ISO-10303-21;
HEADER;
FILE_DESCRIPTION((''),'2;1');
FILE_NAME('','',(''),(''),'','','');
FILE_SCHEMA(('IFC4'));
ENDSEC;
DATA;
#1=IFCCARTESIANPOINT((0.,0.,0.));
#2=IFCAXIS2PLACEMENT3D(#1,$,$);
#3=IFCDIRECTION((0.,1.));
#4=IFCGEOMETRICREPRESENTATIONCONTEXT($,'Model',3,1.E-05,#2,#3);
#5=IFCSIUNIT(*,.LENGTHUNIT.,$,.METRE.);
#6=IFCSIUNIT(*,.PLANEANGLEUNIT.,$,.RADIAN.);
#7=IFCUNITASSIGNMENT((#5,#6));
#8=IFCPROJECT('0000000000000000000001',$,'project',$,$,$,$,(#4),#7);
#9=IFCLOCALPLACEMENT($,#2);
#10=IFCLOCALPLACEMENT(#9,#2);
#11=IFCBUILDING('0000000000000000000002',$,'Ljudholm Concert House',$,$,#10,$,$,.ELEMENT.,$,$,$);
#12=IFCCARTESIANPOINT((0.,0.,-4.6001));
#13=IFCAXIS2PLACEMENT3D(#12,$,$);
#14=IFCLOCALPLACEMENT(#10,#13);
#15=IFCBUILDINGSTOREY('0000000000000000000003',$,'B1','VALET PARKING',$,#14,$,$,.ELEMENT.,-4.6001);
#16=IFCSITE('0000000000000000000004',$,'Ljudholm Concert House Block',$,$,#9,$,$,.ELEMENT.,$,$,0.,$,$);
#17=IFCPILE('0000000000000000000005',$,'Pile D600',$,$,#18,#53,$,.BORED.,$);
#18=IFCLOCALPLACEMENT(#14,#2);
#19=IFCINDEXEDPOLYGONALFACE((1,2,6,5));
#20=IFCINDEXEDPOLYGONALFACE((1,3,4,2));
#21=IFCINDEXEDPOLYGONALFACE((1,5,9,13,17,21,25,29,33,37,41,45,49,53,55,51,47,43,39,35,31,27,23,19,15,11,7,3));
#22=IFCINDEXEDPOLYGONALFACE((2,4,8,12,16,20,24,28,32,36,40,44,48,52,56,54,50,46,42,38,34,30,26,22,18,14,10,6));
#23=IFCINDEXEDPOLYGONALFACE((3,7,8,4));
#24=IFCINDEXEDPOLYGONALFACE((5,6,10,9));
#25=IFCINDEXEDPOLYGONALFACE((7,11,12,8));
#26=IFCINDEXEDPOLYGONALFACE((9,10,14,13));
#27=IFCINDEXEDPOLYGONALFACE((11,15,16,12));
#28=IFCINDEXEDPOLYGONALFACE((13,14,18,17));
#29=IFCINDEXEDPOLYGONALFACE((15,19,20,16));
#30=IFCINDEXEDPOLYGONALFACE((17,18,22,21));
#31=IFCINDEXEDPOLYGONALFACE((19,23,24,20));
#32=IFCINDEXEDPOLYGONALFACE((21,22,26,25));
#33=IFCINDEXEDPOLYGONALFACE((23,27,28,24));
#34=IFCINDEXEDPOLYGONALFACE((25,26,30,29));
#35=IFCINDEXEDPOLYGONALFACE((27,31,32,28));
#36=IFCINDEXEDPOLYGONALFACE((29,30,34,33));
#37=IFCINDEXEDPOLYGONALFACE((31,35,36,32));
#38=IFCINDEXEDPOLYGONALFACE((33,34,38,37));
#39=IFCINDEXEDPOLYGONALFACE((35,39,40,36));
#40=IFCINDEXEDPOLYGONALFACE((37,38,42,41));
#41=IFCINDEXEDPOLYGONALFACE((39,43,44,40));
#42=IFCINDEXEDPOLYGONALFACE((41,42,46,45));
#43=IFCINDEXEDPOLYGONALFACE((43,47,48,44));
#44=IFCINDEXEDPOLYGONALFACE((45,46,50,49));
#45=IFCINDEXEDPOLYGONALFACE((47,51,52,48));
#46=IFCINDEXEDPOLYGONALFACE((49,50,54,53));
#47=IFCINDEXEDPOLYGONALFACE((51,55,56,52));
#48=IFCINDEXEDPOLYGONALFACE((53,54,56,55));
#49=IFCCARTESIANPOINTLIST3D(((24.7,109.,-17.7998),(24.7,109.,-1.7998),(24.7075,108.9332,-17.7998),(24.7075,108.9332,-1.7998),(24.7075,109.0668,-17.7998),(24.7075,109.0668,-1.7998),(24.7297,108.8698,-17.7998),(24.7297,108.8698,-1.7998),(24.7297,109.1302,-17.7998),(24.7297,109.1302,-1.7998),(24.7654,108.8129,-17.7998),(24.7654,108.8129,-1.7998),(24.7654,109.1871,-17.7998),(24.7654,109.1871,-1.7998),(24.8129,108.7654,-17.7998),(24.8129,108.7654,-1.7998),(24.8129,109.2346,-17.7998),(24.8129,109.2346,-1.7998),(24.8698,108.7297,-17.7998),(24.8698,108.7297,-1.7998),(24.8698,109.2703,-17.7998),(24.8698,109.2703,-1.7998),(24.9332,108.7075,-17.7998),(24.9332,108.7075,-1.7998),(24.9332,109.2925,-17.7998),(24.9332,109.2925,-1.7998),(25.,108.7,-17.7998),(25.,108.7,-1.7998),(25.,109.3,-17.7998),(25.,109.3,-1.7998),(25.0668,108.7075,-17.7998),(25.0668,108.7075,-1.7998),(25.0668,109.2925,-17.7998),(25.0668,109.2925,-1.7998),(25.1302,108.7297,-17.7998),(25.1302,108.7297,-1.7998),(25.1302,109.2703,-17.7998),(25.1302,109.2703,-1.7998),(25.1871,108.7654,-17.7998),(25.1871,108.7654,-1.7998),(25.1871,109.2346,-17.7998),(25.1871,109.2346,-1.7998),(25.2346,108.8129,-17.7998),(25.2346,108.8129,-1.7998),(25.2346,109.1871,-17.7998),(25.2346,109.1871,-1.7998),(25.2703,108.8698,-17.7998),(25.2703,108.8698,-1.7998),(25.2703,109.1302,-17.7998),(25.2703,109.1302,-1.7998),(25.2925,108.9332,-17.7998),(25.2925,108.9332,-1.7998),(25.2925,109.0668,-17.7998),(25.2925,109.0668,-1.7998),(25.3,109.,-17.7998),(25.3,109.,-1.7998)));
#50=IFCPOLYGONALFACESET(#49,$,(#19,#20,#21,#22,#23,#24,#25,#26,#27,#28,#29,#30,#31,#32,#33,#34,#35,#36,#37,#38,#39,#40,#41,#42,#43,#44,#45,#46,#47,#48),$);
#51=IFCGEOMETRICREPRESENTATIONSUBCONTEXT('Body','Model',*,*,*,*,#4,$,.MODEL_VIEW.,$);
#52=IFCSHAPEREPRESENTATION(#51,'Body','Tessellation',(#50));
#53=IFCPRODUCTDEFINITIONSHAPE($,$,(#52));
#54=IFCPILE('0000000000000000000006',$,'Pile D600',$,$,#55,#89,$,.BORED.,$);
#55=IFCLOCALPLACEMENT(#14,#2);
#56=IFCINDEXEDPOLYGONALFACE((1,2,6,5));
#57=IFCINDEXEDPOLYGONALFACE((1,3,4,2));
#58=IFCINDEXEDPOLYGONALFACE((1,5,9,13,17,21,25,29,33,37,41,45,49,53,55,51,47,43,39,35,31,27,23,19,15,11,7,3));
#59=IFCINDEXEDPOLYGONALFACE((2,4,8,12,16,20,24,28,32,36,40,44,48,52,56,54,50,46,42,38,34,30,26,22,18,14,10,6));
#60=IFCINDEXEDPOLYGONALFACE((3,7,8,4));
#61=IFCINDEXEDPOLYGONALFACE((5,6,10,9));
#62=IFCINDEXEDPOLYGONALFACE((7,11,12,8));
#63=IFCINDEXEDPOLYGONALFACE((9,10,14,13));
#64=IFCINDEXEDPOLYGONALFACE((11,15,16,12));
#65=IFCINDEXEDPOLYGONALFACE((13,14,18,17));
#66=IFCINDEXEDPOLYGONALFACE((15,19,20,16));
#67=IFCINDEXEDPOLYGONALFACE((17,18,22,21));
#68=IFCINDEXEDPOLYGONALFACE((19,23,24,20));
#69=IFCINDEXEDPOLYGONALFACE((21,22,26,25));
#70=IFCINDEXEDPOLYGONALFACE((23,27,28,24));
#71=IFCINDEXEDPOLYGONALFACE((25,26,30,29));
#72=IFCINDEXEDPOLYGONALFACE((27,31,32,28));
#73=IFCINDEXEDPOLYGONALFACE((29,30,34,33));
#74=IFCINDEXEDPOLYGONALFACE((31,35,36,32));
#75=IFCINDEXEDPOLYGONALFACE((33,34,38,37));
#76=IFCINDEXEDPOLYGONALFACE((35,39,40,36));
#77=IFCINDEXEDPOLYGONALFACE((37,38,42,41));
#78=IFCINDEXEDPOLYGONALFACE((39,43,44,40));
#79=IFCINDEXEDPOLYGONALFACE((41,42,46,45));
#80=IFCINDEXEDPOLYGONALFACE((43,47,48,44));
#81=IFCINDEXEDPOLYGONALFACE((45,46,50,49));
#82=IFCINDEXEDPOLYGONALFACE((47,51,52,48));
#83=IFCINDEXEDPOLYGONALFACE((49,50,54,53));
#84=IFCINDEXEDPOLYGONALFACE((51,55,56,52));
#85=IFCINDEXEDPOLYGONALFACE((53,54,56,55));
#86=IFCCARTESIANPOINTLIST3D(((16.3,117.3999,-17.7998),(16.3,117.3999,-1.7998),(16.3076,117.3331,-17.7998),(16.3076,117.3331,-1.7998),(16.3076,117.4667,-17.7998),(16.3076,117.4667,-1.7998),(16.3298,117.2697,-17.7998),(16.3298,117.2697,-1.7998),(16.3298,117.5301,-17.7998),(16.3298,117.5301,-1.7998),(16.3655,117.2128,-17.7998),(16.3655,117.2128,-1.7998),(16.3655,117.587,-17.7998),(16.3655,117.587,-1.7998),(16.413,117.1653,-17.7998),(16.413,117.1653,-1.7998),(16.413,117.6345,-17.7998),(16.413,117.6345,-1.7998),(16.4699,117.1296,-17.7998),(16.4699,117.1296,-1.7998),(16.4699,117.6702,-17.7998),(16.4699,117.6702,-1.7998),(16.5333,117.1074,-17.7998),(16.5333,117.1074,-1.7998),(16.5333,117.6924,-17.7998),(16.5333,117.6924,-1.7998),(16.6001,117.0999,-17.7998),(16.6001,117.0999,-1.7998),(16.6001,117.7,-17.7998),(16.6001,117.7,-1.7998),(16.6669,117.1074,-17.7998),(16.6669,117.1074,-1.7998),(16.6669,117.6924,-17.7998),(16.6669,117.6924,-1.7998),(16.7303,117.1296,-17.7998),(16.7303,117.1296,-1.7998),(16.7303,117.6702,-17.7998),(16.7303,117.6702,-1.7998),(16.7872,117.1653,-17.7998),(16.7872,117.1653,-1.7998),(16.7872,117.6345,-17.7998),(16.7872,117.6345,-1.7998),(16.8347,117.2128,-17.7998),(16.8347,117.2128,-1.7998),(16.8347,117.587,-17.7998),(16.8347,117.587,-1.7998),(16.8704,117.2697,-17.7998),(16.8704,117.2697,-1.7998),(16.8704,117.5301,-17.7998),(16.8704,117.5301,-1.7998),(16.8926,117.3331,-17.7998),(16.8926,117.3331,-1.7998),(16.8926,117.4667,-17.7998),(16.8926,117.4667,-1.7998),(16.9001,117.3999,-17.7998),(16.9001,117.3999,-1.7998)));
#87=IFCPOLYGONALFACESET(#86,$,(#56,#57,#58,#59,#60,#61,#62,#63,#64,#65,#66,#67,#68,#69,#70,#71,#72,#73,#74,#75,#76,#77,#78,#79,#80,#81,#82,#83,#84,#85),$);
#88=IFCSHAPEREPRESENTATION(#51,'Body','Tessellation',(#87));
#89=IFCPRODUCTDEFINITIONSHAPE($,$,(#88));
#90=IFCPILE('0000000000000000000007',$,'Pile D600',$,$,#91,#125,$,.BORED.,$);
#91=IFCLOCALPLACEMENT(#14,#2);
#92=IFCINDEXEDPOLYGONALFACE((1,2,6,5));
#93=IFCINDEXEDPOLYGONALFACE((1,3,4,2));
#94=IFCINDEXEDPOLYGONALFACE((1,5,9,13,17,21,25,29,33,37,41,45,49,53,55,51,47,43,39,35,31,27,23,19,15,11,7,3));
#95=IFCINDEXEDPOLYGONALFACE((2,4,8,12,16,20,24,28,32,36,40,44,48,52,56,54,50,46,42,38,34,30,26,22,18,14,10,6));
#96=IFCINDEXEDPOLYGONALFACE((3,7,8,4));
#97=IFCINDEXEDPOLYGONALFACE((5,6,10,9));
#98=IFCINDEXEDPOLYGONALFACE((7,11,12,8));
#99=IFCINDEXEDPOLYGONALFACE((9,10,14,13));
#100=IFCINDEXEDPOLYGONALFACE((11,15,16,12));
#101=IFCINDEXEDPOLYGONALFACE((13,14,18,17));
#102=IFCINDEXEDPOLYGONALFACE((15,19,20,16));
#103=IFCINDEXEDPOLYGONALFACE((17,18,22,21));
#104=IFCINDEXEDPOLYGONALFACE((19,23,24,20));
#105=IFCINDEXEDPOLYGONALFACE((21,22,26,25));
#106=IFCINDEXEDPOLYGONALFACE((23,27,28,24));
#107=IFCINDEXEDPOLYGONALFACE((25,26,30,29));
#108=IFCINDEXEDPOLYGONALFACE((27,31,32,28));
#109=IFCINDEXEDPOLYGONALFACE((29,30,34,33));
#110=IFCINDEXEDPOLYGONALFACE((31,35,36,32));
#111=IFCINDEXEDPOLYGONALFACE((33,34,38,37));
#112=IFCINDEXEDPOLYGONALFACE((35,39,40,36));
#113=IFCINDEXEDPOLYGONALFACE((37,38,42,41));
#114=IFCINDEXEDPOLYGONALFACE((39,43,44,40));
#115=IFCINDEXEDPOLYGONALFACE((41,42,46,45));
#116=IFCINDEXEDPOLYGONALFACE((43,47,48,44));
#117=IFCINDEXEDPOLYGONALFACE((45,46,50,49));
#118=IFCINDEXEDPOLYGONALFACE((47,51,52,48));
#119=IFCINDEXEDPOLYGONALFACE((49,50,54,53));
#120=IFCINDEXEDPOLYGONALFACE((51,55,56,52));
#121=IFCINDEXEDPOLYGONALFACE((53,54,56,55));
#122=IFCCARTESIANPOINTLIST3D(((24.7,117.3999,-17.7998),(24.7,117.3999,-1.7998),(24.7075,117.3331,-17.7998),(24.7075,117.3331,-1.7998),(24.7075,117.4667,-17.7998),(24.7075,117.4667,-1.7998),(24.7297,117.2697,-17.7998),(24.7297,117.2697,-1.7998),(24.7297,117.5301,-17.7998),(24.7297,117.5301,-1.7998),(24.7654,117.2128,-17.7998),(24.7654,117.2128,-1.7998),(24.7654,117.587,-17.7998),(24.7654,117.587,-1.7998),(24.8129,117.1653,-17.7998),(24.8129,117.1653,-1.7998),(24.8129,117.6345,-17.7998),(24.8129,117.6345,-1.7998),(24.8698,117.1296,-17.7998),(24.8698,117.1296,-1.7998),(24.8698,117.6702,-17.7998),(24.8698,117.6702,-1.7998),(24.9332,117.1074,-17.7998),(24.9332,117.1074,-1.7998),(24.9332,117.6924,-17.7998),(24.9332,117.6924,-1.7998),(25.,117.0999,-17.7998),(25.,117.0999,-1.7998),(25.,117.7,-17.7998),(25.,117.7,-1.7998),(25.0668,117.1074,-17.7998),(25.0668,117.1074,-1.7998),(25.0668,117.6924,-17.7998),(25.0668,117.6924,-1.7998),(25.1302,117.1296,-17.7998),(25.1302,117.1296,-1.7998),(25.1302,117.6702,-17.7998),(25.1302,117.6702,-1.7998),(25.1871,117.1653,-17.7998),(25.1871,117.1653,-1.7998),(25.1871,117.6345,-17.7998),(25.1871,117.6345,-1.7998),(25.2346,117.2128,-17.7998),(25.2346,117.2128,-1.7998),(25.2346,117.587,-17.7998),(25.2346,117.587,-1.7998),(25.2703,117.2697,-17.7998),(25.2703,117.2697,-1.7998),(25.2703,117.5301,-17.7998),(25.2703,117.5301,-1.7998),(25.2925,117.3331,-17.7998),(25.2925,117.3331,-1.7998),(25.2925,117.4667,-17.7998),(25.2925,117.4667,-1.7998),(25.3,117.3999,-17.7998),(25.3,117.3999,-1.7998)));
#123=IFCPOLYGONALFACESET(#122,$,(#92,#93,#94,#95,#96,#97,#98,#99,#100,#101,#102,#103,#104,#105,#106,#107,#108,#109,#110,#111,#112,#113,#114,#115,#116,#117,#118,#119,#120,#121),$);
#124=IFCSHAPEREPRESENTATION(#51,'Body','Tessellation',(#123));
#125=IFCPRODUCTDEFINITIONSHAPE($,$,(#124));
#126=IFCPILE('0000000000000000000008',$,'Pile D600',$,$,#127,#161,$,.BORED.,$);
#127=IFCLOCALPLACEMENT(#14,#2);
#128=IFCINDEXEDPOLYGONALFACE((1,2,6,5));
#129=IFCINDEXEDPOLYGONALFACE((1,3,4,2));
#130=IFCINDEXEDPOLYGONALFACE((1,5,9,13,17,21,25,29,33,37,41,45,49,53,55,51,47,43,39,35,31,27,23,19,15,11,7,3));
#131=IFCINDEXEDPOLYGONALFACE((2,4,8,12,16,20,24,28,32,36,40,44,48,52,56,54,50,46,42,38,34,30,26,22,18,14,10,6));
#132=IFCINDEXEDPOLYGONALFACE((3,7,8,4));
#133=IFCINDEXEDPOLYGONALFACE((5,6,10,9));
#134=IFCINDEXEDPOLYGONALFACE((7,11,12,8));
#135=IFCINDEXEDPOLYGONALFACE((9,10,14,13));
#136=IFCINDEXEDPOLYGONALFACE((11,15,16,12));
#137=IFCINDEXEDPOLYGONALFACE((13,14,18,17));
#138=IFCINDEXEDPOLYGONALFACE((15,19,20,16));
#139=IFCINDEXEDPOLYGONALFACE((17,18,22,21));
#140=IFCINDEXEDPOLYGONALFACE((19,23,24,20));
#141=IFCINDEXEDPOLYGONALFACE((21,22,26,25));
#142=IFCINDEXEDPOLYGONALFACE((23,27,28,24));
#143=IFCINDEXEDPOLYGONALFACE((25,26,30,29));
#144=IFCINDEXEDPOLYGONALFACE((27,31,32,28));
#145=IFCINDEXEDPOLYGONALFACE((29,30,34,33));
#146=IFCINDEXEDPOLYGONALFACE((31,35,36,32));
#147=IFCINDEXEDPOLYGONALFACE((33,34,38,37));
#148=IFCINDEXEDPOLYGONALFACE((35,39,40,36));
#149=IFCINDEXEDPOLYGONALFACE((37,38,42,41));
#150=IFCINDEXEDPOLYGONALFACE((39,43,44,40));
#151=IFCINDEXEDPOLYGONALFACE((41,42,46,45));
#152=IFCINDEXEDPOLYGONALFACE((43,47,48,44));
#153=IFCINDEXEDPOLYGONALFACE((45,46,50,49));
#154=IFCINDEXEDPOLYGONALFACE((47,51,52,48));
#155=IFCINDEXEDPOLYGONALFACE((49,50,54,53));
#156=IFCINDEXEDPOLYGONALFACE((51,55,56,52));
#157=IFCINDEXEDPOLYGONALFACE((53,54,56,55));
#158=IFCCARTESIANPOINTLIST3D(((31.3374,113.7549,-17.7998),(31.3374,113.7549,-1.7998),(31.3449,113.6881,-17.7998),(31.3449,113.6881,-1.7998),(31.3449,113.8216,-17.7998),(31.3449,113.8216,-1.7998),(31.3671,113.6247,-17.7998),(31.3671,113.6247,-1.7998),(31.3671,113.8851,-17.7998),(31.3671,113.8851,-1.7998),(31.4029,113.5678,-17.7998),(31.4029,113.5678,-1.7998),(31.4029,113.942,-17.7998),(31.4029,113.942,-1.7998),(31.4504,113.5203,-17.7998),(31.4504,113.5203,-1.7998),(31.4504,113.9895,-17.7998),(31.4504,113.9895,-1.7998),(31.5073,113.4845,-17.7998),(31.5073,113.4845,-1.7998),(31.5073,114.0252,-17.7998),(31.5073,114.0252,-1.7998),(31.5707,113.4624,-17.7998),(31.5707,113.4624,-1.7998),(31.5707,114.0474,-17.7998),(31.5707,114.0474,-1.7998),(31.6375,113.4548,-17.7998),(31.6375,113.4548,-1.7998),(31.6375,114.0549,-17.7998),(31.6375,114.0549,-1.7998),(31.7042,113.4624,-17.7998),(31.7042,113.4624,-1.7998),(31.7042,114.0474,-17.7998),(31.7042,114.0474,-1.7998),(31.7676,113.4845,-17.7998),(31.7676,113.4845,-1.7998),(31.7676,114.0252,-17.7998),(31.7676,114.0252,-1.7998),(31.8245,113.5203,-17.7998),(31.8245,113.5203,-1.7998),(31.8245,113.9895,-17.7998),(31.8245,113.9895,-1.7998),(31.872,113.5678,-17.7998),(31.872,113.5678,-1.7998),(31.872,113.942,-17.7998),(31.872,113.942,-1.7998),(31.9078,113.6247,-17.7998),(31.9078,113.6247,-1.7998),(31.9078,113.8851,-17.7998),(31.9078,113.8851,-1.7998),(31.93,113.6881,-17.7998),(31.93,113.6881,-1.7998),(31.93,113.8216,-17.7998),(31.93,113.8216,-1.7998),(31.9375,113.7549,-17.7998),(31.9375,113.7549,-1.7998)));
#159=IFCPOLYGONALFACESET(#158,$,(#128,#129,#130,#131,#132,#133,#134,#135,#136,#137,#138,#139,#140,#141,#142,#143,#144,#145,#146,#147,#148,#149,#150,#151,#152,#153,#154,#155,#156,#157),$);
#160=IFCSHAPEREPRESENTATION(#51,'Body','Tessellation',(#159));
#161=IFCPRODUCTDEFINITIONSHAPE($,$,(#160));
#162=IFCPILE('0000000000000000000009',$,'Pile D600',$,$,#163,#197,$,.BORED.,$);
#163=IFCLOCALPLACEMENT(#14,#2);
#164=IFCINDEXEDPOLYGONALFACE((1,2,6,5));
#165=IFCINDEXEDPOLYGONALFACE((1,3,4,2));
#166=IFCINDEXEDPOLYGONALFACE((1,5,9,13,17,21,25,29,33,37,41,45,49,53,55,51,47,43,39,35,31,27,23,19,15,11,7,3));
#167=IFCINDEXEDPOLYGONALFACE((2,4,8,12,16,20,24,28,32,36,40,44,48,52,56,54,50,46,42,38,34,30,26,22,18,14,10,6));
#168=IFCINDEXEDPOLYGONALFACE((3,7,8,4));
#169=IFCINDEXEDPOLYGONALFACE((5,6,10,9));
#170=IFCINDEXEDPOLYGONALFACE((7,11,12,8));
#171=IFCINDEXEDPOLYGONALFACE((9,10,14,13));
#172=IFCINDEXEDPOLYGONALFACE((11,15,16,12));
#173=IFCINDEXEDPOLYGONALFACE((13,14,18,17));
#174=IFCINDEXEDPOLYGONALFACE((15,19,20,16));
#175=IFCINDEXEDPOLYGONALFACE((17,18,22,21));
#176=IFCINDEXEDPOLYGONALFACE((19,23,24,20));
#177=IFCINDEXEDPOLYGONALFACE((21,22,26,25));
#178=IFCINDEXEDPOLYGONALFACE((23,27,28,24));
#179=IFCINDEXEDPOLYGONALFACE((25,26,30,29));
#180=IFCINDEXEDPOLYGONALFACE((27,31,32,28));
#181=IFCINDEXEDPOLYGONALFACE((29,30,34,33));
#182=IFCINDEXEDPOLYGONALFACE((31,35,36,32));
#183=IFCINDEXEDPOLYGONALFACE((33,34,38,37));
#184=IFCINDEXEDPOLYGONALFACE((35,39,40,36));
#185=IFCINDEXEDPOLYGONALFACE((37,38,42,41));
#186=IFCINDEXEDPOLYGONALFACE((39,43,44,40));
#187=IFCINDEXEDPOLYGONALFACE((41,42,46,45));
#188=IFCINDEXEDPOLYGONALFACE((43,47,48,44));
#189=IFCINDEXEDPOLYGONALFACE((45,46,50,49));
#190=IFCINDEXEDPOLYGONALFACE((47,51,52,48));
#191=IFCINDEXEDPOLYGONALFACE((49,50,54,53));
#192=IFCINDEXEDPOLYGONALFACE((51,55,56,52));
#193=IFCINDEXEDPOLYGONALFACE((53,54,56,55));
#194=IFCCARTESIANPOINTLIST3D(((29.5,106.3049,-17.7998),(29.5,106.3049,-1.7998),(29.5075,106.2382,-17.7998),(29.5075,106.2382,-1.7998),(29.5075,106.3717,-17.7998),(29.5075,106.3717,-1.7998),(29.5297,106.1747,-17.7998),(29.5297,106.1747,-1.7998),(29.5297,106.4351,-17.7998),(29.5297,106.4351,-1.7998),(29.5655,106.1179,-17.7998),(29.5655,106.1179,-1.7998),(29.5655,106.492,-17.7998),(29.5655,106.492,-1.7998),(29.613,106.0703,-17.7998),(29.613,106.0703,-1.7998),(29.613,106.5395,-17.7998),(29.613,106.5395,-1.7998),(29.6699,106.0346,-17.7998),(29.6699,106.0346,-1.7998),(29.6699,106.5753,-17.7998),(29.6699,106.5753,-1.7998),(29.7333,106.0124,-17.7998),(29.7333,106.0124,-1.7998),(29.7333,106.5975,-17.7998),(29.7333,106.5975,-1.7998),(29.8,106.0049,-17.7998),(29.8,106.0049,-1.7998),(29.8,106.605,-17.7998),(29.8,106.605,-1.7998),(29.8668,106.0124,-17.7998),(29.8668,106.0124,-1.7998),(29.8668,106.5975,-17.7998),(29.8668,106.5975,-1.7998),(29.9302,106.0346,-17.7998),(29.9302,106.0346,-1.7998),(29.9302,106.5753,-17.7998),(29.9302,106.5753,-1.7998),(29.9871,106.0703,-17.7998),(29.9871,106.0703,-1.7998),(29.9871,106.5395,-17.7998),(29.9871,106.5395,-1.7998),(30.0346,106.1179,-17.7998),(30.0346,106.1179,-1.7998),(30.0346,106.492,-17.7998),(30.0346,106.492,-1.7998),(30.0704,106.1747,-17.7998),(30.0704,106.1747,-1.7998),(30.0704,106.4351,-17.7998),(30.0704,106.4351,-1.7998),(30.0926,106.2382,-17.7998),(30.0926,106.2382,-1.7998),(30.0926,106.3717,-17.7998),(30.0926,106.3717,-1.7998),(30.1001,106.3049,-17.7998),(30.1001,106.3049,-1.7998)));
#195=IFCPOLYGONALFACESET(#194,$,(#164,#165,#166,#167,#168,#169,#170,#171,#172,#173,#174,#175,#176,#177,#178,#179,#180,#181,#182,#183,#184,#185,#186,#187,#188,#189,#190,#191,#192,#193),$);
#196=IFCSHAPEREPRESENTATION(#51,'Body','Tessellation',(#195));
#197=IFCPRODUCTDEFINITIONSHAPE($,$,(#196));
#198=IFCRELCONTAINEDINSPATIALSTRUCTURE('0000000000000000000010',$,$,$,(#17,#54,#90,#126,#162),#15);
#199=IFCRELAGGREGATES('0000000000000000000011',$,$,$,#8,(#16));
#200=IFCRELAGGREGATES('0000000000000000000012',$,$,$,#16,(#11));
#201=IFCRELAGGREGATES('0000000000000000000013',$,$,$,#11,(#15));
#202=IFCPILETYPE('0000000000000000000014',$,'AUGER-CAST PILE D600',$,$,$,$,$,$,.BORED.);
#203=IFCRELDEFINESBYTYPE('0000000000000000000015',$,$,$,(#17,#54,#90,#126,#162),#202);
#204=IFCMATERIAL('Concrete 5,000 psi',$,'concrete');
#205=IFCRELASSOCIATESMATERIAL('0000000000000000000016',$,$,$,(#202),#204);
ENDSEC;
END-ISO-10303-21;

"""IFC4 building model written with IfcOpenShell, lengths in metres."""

from ifc_helpers import new_model, si_unit, direction, frame, origin, origin_2d, place, context, subcontext, project, spatial, circle, extrude, material, material_profile, profile_set, type_object, element, save


model = new_model("IFC4")

# Units and contexts
model_context = context("Model", 3, precision=1e-05, world=origin(), true_north=direction((0.0, 1.0)))
body_context = subcontext(model_context, "Body", "Model", "MODEL_VIEW")
ifc_project = project(units=[si_unit("LENGTHUNIT", "METRE"), si_unit("PLANEANGLEUNIT", "RADIAN")], contexts=[model_context])

# Site, building, storey
site_placement = place(None, origin())
site = spatial("IfcSite", under=ifc_project, at=site_placement, Name="Ljudholm Concert House Block", CompositionType="ELEMENT", RefElevation=0.0)
building_placement = place(site_placement, origin())
building = spatial("IfcBuilding", under=site, at=building_placement, Name="Ljudholm Concert House", CompositionType="ELEMENT")
storey_placement = place(building_placement, frame((0.0, 0.0, -4.6001)))
storey = spatial("IfcBuildingStorey", under=building, at=storey_placement, Name="B1", Description="VALET PARKING", CompositionType="ELEMENT", Elevation=-4.6001)

# Piles
ifc_material_1 = material(Name="Concrete 5,000 psi", Category="concrete")
ifc_material_profile_1 = material_profile(ifc_material_1, circle(Radius=0.3, at=origin_2d()), Name="AUGER-CAST PILE D600")
ifc_profile_set_1 = profile_set([ifc_material_profile_1], Name="Concrete 5,000 psi")
pile_type = type_object("IfcPileType", Name="AUGER-CAST PILE D600", PredefinedType="BORED", material=ifc_profile_set_1)
for number, where, z_axis, x_axis, name in (
    (1, (25.0, 109.0, -1.7998), (0.0, 0.0, -1.0), (1.0, 0.0, 0.0), "Pile D600"),
    (2, (16.6001, 117.3999, -1.7998), (0.0, 0.0, -1.0), (1.0, 0.0, 0.0), "Pile D600"),
    (3, (25.0, 117.3999, -1.7998), (0.0, 0.0, -1.0), (1.0, 0.0, 0.0), "Pile D600"),
    (4, (31.6375, 113.7549, -1.7998), (0.0, 0.0, -1.0), (1.0, 0.0, 0.0), "Pile D600"),
    (5, (29.8, 106.3049, -1.7998), (0.0, 0.0, -1.0), (1.0, 0.0, 0.0), "Pile D600"),
):
    element("IfcPile", number, at=place(storey_placement, frame(where, z_axis=z_axis, x_axis=x_axis)), inside=storey, type_object=pile_type, Name=name, PredefinedType="BORED", context=body_context, shape_type="SweptSolid", body=[
        extrude(circle(Radius=0.3, at=origin_2d()), origin(), (0.0, 0.0, 1.0), 16.0),
    ])

save(model, "model.ifc")
